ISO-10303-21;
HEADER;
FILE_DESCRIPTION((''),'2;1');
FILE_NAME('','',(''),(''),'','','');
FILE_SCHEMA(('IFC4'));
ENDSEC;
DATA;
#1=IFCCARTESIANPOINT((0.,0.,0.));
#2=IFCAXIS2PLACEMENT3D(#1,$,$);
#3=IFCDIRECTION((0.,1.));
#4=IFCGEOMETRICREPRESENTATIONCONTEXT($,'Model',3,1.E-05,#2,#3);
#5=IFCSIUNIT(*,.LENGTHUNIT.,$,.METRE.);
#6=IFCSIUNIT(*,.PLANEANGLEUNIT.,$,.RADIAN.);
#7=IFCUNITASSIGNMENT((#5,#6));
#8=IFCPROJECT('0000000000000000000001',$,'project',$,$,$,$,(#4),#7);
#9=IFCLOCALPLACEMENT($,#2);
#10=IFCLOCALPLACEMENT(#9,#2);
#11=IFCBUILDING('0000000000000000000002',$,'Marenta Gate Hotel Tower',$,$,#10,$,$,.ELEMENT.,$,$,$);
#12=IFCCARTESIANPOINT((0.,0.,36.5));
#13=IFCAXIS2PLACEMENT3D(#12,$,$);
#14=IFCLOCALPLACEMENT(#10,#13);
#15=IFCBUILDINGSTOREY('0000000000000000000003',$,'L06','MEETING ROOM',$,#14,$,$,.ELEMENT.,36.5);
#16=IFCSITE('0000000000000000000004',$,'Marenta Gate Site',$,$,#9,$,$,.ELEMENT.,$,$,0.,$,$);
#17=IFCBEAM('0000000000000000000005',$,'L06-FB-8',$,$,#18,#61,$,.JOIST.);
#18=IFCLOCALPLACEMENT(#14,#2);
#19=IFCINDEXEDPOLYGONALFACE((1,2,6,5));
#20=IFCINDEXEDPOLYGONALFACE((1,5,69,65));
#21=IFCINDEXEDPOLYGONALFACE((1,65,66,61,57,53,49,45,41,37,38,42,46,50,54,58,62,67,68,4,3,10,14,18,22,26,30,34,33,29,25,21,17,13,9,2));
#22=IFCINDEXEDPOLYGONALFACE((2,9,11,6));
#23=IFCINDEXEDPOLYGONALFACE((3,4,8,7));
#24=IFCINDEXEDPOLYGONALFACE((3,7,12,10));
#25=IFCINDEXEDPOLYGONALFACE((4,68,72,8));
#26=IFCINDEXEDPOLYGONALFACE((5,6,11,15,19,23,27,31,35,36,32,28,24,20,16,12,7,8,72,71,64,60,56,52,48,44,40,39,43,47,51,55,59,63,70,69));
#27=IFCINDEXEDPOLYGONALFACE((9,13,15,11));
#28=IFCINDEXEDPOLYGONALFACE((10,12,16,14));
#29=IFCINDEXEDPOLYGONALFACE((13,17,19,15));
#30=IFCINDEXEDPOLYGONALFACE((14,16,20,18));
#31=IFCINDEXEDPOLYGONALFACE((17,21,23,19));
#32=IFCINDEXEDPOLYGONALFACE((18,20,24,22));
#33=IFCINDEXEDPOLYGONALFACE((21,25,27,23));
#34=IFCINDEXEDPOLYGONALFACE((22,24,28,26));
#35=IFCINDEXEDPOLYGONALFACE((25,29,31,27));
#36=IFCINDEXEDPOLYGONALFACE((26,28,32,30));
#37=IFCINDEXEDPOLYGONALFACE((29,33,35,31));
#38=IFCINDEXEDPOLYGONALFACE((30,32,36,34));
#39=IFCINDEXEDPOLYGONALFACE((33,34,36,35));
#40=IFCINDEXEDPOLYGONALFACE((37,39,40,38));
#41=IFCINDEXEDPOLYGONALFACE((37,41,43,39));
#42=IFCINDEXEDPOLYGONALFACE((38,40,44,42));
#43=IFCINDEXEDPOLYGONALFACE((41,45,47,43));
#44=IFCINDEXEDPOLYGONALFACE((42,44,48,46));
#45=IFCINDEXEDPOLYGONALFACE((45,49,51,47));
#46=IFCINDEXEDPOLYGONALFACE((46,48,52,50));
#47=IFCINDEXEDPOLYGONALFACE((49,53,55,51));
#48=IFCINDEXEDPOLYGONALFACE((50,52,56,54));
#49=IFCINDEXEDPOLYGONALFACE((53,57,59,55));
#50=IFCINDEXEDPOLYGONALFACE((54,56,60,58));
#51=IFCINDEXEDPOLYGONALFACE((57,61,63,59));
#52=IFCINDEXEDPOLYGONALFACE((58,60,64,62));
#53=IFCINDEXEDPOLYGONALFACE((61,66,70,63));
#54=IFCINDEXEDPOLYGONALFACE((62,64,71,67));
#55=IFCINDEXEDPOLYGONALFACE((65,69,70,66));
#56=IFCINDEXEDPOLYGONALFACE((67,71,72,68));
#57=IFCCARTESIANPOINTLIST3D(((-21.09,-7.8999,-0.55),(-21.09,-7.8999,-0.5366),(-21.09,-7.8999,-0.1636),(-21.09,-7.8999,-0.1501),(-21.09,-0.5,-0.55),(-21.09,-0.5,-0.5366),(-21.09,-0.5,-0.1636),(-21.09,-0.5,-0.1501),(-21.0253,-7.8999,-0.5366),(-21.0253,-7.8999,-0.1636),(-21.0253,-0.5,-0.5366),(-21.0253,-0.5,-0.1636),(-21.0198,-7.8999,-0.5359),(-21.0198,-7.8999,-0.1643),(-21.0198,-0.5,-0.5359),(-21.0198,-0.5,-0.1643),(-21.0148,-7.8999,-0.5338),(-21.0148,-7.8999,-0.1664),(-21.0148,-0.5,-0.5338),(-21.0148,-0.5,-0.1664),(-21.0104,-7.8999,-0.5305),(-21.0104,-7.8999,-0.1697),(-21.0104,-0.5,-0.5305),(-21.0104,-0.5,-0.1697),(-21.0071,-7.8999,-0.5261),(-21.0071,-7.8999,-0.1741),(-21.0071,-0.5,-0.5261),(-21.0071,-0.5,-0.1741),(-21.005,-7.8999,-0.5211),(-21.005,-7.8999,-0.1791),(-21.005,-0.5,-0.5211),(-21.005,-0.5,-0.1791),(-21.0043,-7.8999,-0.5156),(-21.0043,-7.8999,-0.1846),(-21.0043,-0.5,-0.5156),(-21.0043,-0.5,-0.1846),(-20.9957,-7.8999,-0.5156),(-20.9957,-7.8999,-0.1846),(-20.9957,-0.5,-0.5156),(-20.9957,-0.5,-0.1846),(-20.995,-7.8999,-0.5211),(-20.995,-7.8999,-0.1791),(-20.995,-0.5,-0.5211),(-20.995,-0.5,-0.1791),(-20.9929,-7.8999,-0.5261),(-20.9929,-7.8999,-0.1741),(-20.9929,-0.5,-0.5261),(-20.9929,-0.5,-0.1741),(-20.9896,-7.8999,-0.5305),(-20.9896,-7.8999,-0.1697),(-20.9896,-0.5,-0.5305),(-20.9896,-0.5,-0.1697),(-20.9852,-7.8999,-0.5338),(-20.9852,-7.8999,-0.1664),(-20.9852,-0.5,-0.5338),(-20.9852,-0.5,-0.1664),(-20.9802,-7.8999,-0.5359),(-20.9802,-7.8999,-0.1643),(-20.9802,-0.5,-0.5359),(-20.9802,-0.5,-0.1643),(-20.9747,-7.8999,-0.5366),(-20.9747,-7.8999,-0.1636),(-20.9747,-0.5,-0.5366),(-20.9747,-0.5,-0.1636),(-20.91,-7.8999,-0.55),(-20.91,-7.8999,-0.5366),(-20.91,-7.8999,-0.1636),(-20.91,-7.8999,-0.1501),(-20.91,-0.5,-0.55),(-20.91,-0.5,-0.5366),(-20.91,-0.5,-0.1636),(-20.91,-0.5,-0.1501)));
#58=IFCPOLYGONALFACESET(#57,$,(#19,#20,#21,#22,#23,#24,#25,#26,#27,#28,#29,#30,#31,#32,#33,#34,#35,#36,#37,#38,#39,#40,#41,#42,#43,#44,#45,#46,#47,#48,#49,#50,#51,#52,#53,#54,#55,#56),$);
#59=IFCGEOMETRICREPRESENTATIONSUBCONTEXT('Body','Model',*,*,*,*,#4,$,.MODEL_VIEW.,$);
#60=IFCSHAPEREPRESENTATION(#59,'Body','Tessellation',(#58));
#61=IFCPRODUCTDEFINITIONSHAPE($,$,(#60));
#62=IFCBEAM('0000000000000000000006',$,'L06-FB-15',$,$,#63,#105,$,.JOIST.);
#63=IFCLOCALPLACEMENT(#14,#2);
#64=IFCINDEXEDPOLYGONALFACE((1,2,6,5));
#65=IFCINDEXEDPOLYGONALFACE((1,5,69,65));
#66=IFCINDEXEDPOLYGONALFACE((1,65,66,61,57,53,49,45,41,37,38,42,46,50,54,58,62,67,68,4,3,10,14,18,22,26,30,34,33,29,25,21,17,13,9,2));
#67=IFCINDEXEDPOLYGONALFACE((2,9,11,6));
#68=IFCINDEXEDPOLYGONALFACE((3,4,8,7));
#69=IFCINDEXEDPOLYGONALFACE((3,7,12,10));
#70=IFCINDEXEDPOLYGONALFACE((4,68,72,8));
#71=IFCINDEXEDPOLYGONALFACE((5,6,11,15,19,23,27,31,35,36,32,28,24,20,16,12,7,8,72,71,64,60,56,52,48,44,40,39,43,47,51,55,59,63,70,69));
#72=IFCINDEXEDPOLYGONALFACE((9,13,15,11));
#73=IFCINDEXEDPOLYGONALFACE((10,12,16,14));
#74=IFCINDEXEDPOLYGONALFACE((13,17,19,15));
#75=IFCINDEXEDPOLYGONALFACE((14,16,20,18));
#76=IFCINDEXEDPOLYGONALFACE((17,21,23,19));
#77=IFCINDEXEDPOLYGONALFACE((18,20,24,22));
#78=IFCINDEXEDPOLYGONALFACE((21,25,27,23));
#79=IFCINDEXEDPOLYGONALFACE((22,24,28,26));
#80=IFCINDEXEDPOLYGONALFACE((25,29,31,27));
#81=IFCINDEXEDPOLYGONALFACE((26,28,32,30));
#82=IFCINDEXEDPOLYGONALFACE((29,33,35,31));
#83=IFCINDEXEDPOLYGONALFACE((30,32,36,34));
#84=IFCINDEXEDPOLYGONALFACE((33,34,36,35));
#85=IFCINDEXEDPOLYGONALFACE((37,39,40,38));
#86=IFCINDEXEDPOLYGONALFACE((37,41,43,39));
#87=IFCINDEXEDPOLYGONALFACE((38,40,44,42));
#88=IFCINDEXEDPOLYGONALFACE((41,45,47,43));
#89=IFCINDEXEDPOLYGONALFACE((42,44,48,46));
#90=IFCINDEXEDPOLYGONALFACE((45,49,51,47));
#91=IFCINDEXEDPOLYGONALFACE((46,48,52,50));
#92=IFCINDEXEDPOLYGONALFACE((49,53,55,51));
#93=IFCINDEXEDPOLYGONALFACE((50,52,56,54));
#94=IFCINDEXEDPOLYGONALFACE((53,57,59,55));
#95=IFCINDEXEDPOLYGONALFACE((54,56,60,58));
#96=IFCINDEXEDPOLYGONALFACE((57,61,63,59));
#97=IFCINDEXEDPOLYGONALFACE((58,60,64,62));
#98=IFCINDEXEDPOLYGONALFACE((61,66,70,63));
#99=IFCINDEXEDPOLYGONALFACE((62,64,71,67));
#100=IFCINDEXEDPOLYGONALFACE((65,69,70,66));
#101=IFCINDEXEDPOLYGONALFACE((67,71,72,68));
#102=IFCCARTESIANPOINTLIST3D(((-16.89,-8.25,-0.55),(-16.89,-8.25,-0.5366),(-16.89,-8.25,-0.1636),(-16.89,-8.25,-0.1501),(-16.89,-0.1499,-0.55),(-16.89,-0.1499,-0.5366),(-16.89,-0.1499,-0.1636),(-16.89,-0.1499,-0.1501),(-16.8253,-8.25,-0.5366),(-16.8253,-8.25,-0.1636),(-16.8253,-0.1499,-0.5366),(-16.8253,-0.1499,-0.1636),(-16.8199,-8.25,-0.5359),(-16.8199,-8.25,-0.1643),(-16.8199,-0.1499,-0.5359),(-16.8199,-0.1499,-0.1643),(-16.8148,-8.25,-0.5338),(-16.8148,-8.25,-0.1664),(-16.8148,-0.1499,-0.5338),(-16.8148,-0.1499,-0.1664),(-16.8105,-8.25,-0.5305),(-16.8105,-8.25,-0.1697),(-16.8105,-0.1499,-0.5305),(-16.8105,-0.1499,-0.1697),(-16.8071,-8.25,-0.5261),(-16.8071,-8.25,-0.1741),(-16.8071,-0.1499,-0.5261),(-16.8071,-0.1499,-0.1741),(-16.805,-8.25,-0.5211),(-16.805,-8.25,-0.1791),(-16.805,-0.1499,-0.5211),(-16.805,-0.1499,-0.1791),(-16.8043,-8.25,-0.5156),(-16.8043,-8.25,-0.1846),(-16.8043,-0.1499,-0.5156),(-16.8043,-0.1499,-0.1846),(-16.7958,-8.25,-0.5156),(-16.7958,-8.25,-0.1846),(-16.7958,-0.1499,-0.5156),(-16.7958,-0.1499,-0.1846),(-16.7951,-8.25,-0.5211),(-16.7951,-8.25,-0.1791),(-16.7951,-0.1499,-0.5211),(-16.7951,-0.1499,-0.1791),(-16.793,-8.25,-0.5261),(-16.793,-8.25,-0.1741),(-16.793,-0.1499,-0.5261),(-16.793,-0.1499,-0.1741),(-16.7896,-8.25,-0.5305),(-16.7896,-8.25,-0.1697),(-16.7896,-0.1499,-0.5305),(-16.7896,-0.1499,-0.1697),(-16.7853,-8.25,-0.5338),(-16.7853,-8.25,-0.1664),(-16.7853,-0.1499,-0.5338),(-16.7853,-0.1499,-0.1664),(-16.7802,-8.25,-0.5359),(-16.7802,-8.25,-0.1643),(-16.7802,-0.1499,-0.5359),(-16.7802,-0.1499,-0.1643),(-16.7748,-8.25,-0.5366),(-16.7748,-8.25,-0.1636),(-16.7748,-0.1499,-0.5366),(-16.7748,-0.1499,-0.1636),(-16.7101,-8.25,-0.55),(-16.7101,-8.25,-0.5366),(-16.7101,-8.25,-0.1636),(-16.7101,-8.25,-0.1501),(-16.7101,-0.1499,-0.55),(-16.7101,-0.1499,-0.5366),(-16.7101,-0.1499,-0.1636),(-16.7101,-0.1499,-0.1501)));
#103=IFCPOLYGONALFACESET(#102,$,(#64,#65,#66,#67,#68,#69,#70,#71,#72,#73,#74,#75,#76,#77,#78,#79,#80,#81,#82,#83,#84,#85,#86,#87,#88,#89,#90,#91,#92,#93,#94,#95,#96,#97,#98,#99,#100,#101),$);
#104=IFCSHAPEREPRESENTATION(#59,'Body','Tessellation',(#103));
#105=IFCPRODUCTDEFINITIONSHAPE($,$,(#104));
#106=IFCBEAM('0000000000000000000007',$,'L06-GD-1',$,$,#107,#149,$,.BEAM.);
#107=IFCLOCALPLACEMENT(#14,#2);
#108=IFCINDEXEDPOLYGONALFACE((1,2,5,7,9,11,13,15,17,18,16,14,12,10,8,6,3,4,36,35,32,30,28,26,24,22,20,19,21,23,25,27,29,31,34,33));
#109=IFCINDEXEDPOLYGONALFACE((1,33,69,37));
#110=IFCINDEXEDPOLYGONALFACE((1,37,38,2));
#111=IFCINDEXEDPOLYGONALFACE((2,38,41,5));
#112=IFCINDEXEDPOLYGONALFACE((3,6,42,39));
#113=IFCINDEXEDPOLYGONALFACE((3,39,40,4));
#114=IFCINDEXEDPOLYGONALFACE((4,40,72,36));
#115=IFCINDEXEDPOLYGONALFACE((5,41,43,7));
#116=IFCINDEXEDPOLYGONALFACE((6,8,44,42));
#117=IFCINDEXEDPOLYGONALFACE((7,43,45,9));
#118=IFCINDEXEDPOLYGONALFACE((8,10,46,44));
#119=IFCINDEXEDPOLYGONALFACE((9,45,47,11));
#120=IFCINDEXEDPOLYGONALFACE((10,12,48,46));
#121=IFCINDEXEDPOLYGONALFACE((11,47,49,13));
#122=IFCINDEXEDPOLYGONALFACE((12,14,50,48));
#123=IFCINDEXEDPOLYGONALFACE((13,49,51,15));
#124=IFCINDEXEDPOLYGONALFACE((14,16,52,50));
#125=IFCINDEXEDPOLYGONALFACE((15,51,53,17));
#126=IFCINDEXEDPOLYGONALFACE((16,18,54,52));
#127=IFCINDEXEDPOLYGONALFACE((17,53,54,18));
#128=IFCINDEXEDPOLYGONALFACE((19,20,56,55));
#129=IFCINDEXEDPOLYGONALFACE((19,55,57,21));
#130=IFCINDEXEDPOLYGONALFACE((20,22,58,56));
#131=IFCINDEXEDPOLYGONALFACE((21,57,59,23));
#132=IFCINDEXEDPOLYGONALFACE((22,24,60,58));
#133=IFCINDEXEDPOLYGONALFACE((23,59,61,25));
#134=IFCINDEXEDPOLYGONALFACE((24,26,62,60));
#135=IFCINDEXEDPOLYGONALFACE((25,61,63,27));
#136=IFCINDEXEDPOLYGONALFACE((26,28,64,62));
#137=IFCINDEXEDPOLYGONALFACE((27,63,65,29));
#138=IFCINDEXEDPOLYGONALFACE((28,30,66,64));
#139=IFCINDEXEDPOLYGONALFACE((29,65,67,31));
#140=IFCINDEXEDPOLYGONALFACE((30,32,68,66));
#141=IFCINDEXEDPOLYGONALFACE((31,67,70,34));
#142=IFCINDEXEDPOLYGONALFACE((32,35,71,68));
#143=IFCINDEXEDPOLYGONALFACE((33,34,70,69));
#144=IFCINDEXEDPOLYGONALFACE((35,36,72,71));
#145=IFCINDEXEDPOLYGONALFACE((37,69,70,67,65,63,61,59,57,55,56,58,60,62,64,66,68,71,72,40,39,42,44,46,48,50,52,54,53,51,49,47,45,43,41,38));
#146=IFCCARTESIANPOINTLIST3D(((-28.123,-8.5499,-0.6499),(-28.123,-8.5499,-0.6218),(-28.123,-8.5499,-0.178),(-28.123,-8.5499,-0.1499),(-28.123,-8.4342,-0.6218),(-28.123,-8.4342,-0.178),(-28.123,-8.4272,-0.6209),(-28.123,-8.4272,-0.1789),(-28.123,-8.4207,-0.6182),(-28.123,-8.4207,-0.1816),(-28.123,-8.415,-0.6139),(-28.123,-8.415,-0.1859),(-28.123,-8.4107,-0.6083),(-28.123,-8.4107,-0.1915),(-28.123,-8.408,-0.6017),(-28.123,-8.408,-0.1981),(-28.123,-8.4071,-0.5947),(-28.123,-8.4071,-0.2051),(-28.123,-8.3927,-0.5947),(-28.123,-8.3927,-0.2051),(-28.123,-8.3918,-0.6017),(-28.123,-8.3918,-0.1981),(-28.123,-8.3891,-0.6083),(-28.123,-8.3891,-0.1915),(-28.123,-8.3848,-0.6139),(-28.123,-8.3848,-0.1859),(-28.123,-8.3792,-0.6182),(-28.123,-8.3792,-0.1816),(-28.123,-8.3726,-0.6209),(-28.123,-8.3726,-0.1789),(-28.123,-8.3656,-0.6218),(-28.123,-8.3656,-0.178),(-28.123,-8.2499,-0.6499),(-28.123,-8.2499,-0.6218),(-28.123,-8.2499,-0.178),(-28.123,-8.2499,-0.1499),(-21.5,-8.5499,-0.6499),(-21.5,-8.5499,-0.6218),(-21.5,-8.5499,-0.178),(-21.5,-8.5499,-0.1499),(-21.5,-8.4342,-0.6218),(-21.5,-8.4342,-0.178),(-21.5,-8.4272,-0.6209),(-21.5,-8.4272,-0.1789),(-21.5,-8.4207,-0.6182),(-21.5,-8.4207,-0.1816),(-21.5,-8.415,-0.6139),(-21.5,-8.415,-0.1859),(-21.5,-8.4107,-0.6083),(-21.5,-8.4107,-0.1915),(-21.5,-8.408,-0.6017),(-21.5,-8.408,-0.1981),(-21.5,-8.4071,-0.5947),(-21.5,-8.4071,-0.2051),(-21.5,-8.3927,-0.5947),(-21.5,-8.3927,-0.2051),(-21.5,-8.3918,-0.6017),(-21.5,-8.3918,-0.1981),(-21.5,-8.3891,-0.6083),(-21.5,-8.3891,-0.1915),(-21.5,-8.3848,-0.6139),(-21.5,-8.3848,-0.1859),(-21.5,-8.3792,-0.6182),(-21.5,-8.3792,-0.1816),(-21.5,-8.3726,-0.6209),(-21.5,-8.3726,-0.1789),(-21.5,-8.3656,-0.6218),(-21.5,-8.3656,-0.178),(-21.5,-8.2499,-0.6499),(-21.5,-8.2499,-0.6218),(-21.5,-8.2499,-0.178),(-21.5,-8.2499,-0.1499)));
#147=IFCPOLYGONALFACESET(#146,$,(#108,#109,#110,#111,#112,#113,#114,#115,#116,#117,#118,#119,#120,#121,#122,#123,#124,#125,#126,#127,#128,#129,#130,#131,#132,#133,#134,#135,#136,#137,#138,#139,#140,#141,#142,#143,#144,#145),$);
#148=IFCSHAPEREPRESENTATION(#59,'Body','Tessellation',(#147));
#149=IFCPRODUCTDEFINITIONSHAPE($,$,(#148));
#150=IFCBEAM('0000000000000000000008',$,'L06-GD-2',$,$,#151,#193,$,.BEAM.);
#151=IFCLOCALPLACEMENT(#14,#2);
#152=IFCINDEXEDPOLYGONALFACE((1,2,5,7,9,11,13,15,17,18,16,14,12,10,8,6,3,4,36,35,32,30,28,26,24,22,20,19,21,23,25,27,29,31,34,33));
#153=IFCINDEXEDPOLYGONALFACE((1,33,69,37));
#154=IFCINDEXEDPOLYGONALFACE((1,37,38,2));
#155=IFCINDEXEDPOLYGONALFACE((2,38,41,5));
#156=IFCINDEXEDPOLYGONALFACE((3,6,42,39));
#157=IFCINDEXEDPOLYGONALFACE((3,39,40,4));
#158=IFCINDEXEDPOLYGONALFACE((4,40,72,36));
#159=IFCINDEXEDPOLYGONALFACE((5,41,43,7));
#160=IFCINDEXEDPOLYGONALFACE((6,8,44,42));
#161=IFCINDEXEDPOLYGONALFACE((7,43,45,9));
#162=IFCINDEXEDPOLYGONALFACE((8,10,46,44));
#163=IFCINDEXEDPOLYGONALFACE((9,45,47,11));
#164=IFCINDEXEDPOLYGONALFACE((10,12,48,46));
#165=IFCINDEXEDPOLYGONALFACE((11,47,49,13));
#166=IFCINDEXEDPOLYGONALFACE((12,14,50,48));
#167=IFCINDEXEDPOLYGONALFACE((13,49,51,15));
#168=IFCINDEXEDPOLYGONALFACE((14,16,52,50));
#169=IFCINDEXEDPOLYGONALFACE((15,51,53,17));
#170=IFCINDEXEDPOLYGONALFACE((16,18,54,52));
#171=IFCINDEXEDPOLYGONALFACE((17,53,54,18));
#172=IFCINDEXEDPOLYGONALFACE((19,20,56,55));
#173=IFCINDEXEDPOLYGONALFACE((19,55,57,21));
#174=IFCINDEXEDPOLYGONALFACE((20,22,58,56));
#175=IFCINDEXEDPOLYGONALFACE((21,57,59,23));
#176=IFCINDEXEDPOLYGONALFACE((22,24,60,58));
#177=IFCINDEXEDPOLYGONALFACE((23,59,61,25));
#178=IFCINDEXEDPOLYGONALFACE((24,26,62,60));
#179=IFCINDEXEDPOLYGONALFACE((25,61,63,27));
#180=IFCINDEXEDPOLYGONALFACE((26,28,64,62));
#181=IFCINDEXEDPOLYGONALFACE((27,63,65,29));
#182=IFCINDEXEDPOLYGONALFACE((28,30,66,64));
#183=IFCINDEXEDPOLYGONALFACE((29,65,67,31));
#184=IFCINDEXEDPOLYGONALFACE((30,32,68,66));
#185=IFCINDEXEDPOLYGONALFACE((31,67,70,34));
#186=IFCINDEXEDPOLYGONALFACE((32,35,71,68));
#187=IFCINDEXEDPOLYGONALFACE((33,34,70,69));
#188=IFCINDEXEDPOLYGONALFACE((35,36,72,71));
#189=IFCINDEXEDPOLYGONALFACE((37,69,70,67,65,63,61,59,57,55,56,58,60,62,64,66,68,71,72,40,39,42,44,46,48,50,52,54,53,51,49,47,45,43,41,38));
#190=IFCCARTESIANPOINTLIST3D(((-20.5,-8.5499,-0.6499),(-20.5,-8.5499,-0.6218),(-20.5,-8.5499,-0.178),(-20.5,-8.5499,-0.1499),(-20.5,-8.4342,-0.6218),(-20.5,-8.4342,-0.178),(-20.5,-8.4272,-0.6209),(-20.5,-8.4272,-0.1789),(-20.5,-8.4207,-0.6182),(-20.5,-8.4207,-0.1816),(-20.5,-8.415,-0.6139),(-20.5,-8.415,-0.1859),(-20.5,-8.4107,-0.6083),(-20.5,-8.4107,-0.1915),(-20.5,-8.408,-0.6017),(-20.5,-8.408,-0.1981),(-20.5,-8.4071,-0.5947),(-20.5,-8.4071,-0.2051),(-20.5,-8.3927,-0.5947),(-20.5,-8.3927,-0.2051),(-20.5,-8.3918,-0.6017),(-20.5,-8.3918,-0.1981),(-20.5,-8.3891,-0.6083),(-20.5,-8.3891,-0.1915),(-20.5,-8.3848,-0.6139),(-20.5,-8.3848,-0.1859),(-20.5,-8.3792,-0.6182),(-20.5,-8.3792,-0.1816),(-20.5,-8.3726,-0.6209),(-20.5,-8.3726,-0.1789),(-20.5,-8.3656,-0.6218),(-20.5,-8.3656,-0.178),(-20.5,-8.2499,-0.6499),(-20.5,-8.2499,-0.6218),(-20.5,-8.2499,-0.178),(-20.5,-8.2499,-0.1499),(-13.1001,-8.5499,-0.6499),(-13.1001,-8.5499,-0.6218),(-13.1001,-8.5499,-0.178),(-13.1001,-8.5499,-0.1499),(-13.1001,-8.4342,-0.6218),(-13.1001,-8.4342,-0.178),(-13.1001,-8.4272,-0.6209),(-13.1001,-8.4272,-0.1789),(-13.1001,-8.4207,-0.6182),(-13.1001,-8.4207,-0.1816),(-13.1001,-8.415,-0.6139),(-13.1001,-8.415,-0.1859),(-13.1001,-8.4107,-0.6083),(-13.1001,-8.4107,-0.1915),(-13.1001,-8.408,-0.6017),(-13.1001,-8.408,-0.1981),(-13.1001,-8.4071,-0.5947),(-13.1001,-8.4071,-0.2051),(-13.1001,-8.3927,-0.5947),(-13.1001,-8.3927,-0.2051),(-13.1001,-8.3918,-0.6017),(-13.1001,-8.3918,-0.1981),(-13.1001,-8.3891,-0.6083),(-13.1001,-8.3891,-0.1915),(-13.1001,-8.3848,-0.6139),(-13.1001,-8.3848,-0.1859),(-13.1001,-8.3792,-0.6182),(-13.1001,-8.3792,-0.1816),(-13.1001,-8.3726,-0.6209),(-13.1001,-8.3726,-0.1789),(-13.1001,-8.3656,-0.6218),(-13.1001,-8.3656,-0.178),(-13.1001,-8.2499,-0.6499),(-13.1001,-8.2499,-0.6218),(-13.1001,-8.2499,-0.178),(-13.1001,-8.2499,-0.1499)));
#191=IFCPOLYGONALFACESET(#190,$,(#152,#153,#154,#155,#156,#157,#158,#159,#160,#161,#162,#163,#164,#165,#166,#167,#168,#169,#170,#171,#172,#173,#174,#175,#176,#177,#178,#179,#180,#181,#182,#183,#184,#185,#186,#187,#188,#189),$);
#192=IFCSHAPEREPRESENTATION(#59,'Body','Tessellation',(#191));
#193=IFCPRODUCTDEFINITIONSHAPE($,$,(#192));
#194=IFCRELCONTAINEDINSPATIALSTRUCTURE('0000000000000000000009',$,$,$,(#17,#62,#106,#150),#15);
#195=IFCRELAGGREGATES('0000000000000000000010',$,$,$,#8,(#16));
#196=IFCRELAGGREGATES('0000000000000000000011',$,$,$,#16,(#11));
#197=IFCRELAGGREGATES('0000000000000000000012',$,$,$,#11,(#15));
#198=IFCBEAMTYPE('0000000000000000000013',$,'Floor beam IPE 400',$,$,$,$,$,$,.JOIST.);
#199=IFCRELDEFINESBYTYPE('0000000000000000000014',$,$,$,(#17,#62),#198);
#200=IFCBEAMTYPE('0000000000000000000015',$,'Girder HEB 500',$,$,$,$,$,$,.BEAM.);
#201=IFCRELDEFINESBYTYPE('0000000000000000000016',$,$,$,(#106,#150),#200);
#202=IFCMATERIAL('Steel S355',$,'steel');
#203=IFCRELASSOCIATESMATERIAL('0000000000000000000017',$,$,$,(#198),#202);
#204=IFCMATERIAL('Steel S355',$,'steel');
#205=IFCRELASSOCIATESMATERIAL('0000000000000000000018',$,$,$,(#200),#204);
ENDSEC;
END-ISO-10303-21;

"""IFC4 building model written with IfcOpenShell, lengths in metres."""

from ifc_helpers import new_model, si_unit, direction, frame, origin, origin_2d, place, context, subcontext, project, spatial, i_section, extrude, material, material_profile, profile_set, type_object, element, save


model = new_model("IFC4")

# Units and contexts
model_context = context("Model", 3, precision=1e-05, world=origin(), true_north=direction((0.0, 1.0)))
body_context = subcontext(model_context, "Body", "Model", "MODEL_VIEW")
ifc_project = project(units=[si_unit("LENGTHUNIT", "METRE"), si_unit("PLANEANGLEUNIT", "RADIAN")], contexts=[model_context])

# Site, building, storey
site_placement = place(None, origin())
site = spatial("IfcSite", under=ifc_project, at=site_placement, Name="Marenta Gate Site", CompositionType="ELEMENT", RefElevation=0.0)
building_placement = place(site_placement, origin())
building = spatial("IfcBuilding", under=site, at=building_placement, Name="Marenta Gate Hotel Tower", CompositionType="ELEMENT")
storey_placement = place(building_placement, frame((0.0, 0.0, 36.5)))
storey = spatial("IfcBuildingStorey", under=building, at=storey_placement, Name="L06", Description="MEETING ROOM", CompositionType="ELEMENT", Elevation=36.5)

# Beams
ifc_material_1 = material(Name="Steel S355", Category="steel")
ifc_material_profile_1 = material_profile(ifc_material_1, i_section(OverallWidth=0.1799, OverallDepth=0.3999, WebThickness=0.0085, FlangeThickness=0.0134, FilletRadius=0.021, at=origin_2d()), Name="IPE 400")
ifc_profile_set_1 = profile_set([ifc_material_profile_1], Name="Steel S355")
beam_type_1 = type_object("IfcBeamType", Name="Floor beam IPE 400", PredefinedType="JOIST", material=ifc_profile_set_1)
beam_1_placement = place(storey_placement, frame((-21.0, -7.8999, -0.3501), z_axis=(0.0, 1.0, 0.0), x_axis=(-1.0, 0.0, 0.0)))
element("IfcBeam", 1, at=beam_1_placement, inside=storey, type_object=beam_type_1, Name="L06-FB-8", PredefinedType="JOIST", context=body_context, shape_type="SweptSolid", body=[
    extrude(i_section(OverallWidth=0.1799, OverallDepth=0.3999, WebThickness=0.0085, FlangeThickness=0.0134, FilletRadius=0.021, at=origin_2d()), origin(), (0.0, 0.0, 1.0), 7.3999),
])
beam_2_placement = place(storey_placement, frame((-16.8, -8.25, -0.3501), z_axis=(0.0, 1.0, 0.0), x_axis=(-1.0, 0.0, 0.0)))
element("IfcBeam", 2, at=beam_2_placement, inside=storey, type_object=beam_type_1, Name="L06-FB-15", PredefinedType="JOIST", context=body_context, shape_type="SweptSolid", body=[
    extrude(i_section(OverallWidth=0.1799, OverallDepth=0.3999, WebThickness=0.0085, FlangeThickness=0.0134, FilletRadius=0.021, at=origin_2d()), origin(), (0.0, 0.0, 1.0), 8.1001),
])
ifc_material_2 = material(Name="Steel S355", Category="steel")
ifc_material_profile_2 = material_profile(ifc_material_2, i_section(OverallWidth=0.3, OverallDepth=0.5, WebThickness=0.0144, FlangeThickness=0.0281, FilletRadius=0.0271, at=origin_2d()), Name="HEB 500")
ifc_profile_set_2 = profile_set([ifc_material_profile_2], Name="Steel S355")
beam_type_2 = type_object("IfcBeamType", Name="Girder HEB 500", PredefinedType="BEAM", material=ifc_profile_set_2)
beam_3_placement = place(storey_placement, frame((-28.123, -8.3999, -0.3999), z_axis=(1.0, 0.0, 0.0), x_axis=(0.0, 1.0, 0.0)))
element("IfcBeam", 3, at=beam_3_placement, inside=storey, type_object=beam_type_2, Name="L06-GD-1", PredefinedType="BEAM", context=body_context, shape_type="SweptSolid", body=[
    extrude(i_section(OverallWidth=0.3, OverallDepth=0.5, WebThickness=0.0144, FlangeThickness=0.0281, FilletRadius=0.0271, at=origin_2d()), origin(), (0.0, 0.0, 1.0), 6.623),
])
beam_4_placement = place(storey_placement, frame((-20.5, -8.3999, -0.3999), z_axis=(1.0, 0.0, 0.0), x_axis=(0.0, 1.0, 0.0)))
element("IfcBeam", 4, at=beam_4_placement, inside=storey, type_object=beam_type_2, Name="L06-GD-2", PredefinedType="BEAM", context=body_context, shape_type="SweptSolid", body=[
    extrude(i_section(OverallWidth=0.3, OverallDepth=0.5, WebThickness=0.0144, FlangeThickness=0.0281, FilletRadius=0.0271, at=origin_2d()), origin(), (0.0, 0.0, 1.0), 7.3999),
])

save(model, "model.ifc")
